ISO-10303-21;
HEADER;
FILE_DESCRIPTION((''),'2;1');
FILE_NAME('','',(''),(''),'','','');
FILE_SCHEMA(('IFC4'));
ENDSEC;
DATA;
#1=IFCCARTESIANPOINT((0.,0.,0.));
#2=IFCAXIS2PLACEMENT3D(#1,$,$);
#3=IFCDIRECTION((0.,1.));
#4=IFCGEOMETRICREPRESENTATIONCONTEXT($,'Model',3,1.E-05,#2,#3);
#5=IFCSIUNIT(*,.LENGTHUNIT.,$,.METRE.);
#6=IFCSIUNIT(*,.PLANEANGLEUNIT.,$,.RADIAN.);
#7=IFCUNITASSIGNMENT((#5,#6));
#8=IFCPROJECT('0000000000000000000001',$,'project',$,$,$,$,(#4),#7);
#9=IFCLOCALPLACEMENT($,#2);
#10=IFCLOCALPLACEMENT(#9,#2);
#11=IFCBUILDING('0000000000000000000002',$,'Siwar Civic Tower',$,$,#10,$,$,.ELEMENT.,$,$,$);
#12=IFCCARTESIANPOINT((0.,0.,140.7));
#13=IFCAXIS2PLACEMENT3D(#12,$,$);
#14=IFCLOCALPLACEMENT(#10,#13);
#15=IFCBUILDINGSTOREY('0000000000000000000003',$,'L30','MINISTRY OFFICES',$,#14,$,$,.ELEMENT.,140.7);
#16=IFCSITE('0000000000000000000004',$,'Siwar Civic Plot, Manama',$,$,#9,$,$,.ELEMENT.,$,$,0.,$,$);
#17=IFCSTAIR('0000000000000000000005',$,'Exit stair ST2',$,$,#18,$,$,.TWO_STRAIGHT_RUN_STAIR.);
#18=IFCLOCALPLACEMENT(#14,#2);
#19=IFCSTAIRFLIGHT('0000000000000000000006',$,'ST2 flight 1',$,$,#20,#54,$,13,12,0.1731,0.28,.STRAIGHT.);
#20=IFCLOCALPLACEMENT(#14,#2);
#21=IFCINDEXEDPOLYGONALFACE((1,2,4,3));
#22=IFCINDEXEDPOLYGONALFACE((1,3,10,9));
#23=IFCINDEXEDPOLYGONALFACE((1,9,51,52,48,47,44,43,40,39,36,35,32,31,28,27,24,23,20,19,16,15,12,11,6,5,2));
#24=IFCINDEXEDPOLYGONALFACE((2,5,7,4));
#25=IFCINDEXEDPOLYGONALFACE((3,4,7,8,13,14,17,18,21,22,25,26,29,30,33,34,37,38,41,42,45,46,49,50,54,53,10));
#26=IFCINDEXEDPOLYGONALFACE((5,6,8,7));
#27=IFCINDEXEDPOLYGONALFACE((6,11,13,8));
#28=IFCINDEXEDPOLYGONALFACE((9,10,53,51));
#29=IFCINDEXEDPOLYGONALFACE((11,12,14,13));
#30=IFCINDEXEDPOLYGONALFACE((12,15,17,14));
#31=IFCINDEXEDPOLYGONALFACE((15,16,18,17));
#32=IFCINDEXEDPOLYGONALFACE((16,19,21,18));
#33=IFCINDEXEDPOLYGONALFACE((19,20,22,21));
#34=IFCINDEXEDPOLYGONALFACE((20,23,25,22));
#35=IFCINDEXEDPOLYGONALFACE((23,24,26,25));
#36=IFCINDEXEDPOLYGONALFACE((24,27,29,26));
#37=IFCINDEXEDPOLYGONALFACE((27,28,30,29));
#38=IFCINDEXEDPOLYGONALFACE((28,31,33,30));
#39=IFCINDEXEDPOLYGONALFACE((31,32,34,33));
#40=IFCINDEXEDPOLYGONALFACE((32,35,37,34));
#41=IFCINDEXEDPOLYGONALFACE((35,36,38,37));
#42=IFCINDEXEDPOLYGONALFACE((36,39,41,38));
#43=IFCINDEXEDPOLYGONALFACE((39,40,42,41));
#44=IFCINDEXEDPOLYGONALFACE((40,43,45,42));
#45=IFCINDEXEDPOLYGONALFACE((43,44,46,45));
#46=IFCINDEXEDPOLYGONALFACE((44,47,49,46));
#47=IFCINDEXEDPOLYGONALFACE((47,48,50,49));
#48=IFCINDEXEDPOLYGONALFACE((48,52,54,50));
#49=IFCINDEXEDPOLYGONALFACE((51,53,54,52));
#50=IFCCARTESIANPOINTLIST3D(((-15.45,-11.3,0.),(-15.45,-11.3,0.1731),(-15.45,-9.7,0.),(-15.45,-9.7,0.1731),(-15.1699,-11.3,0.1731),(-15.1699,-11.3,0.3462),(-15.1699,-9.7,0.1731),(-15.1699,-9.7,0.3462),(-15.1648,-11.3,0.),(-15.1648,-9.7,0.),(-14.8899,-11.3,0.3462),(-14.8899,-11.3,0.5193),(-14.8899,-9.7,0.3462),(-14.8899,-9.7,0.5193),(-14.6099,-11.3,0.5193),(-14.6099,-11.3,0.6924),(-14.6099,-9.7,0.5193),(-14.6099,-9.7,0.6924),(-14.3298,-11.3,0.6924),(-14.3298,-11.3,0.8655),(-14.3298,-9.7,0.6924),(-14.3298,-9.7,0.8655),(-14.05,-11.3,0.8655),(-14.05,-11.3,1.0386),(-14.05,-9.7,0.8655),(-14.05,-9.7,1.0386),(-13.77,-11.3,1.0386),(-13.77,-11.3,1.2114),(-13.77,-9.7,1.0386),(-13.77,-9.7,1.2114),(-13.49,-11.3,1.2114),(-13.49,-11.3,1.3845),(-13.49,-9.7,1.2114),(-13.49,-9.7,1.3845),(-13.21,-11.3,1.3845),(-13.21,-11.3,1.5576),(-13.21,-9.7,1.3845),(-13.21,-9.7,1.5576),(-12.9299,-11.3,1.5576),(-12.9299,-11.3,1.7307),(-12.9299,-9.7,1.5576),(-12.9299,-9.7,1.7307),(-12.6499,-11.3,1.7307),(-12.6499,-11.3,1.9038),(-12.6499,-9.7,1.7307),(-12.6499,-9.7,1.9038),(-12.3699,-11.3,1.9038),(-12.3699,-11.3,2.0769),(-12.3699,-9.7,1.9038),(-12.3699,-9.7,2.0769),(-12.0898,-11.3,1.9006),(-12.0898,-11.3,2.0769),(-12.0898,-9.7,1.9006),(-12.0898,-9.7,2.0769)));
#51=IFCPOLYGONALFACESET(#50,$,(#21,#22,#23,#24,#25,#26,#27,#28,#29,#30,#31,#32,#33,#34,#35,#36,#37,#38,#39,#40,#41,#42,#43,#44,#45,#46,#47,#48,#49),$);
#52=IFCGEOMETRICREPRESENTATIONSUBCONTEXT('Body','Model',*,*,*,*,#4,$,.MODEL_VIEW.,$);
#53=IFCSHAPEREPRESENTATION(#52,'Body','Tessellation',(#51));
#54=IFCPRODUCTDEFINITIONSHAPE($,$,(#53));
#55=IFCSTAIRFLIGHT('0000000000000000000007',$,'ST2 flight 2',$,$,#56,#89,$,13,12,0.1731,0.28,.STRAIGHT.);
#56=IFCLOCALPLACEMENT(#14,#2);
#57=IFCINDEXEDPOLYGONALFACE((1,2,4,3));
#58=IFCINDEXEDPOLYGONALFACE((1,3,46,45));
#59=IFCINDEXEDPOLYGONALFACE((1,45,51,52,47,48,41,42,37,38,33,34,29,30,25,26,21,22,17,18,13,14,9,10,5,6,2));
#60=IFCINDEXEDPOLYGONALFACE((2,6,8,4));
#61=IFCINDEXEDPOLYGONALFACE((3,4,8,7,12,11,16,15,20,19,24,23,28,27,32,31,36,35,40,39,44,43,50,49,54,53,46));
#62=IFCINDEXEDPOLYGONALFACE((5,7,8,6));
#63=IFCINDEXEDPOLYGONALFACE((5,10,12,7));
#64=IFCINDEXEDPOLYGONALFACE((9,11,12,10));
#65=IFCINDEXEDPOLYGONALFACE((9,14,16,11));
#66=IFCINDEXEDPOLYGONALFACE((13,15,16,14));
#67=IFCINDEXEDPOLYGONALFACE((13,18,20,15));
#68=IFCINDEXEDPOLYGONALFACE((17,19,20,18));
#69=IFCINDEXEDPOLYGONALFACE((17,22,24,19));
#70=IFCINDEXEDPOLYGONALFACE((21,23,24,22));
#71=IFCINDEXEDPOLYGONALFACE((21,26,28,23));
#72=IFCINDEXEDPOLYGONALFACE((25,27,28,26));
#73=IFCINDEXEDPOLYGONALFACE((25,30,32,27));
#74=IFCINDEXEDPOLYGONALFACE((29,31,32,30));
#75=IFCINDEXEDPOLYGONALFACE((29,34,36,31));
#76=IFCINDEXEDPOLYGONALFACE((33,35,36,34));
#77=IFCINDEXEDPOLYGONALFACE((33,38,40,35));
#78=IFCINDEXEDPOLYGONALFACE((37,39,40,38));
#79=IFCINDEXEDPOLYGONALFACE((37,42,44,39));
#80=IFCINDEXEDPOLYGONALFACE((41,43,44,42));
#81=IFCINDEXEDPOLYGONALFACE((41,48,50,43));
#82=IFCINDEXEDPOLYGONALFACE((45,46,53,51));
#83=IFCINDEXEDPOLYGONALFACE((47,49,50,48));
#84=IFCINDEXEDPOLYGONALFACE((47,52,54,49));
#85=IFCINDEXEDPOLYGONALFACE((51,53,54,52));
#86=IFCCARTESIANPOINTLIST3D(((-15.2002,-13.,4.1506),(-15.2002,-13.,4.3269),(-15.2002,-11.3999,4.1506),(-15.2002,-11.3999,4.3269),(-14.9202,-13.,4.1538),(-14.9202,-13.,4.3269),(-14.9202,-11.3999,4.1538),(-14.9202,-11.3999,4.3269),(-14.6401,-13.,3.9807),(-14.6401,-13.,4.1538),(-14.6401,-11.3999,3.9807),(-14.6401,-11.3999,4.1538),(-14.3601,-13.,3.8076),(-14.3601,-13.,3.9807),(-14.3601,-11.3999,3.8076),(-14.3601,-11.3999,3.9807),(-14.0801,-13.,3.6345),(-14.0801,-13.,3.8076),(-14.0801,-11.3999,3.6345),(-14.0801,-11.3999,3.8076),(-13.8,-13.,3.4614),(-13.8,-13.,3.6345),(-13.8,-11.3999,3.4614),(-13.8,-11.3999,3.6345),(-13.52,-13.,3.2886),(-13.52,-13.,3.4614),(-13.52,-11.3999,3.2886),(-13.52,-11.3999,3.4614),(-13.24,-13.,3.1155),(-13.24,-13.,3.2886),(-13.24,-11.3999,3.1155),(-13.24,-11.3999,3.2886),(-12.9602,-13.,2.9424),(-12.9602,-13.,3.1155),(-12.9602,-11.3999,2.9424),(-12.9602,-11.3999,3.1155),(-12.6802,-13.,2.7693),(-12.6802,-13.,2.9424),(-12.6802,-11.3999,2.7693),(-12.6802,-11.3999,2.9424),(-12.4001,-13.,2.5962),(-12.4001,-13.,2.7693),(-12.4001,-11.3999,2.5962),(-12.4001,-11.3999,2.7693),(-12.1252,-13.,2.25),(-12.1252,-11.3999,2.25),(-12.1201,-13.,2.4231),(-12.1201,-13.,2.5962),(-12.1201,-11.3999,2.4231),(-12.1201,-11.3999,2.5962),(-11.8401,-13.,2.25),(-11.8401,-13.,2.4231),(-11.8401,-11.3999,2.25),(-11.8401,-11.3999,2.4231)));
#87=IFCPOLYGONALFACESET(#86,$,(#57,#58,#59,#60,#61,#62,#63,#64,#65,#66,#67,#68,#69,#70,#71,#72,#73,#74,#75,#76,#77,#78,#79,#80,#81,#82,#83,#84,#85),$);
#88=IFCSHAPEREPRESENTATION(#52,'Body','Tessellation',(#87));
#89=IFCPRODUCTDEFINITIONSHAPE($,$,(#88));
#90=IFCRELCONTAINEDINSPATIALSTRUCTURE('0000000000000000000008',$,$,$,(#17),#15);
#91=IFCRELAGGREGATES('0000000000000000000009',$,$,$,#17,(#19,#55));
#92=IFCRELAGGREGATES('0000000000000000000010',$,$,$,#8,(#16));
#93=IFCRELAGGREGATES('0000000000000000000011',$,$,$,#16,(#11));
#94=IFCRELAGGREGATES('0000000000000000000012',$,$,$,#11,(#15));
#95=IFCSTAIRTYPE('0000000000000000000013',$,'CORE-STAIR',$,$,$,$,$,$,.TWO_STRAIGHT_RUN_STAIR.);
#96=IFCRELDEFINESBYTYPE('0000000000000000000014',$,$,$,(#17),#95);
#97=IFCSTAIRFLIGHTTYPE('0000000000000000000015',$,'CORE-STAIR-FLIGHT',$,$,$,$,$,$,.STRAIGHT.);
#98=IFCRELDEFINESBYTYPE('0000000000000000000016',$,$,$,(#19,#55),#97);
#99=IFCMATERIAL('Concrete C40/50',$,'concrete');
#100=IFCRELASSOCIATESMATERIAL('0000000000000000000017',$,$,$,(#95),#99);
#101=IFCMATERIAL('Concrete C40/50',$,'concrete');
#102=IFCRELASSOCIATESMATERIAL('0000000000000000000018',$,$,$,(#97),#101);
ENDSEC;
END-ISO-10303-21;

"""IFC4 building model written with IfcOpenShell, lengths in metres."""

from ifc_helpers import new_model, si_unit, direction, frame, origin, place, context, subcontext, project, spatial, polyline, outline, extrude, material, type_object, element, aggregate, save


model = new_model("IFC4")

# Units and contexts
model_context = context("Model", 3, precision=1e-05, world=origin(), true_north=direction((0.0, 1.0)))
body_context = subcontext(model_context, "Body", "Model", "MODEL_VIEW")
ifc_project = project(units=[si_unit("LENGTHUNIT", "METRE"), si_unit("PLANEANGLEUNIT", "RADIAN")], contexts=[model_context])

# Site, building, storey
site_placement = place(None, origin())
site = spatial("IfcSite", under=ifc_project, at=site_placement, Name="Siwar Civic Plot, Manama", CompositionType="ELEMENT", RefElevation=0.0)
building_placement = place(site_placement, origin())
building = spatial("IfcBuilding", under=site, at=building_placement, Name="Siwar Civic Tower", CompositionType="ELEMENT")
storey_placement = place(building_placement, frame((0.0, 0.0, 140.7)))
storey = spatial("IfcBuildingStorey", under=building, at=storey_placement, Name="L30", Description="MINISTRY OFFICES", CompositionType="ELEMENT", Elevation=140.7)

# Stair, stair flights
ifc_material_1 = material(Name="Concrete C40/50", Category="concrete")
stair_type = type_object("IfcStairType", Name="CORE-STAIR", PredefinedType="TWO_STRAIGHT_RUN_STAIR", material=ifc_material_1)
stair_placement = place(storey_placement, origin())
stair = element("IfcStair", 1, at=stair_placement, inside=storey, type_object=stair_type, Name="Exit stair ST2", PredefinedType="TWO_STRAIGHT_RUN_STAIR")
ifc_material_2 = material(Name="Concrete C40/50", Category="concrete")
stair_flight_type = type_object("IfcStairFlightType", Name="CORE-STAIR-FLIGHT", PredefinedType="STRAIGHT", material=ifc_material_2)
stair_flight_1_placement = place(storey_placement, frame((-15.45, -10.5, 0.0), z_axis=(0.0, 0.0, 1.0), x_axis=(1.0, 0.0, 0.0)))
stair_flight_1 = element("IfcStairFlight", 2, at=stair_flight_1_placement, type_object=stair_flight_type, Name="ST2 flight 1", NumberOfRisers=13, NumberOfTreads=12, PredefinedType="STRAIGHT", RiserHeight=0.1731, TreadLength=0.28, context=body_context, shape_type="SweptSolid", body=[
    extrude(outline(polyline([(0.0, 0.0), (0.0, 0.1731), (0.28, 0.1731), (0.28, 0.3462), (0.5601, 0.3462), (0.5601, 0.5193), (0.8401, 0.5193), (0.8401, 0.6924), (1.1201, 0.6924), (1.1201, 0.8655), (1.3999, 0.8655), (1.3999, 1.0386), (1.6799, 1.0386), (1.6799, 1.2114), (1.96, 1.2114), (1.96, 1.3845), (2.24, 1.3845), (2.24, 1.5576), (2.52, 1.5576), (2.52, 1.7307), (2.8, 1.7307), (2.8, 1.9038), (3.0801, 1.9038), (3.0801, 2.0769), (3.3601, 2.0769), (3.3601, 2.25), (3.3601, 1.9006), (0.2852, 0.0), (0.0, 0.0)])), frame((0.0, 0.8, 0.0), z_axis=(0.0, -1.0, 0.0), x_axis=(1.0, 0.0, 0.0)), (0.0, 0.0, 1.0), 1.6001),
])
stair_flight_2_placement = place(storey_placement, frame((-11.8401, -12.2, 2.25), z_axis=(0.0, 0.0, 1.0), x_axis=(-1.0, 0.0, 0.0)))
stair_flight_2 = element("IfcStairFlight", 3, at=stair_flight_2_placement, type_object=stair_flight_type, Name="ST2 flight 2", NumberOfRisers=13, NumberOfTreads=12, PredefinedType="STRAIGHT", RiserHeight=0.1731, TreadLength=0.28, context=body_context, shape_type="SweptSolid", body=[
    extrude(outline(polyline([(0.0, 0.0), (0.0, 0.1731), (0.28, 0.1731), (0.28, 0.3462), (0.5601, 0.3462), (0.5601, 0.5193), (0.8401, 0.5193), (0.8401, 0.6924), (1.1201, 0.6924), (1.1201, 0.8655), (1.3999, 0.8655), (1.3999, 1.0386), (1.6799, 1.0386), (1.6799, 1.2114), (1.96, 1.2114), (1.96, 1.3845), (2.24, 1.3845), (2.24, 1.5576), (2.52, 1.5576), (2.52, 1.7307), (2.8, 1.7307), (2.8, 1.9038), (3.0801, 1.9038), (3.0801, 2.0769), (3.3601, 2.0769), (3.3601, 2.25), (3.3601, 1.9006), (0.2852, 0.0), (0.0, 0.0)])), frame((0.0, 0.8, 0.0), z_axis=(0.0, -1.0, 0.0), x_axis=(1.0, 0.0, 0.0)), (0.0, 0.0, 1.0), 1.6001),
])
aggregate(stair, [stair_flight_1, stair_flight_2])

save(model, "model.ifc")
